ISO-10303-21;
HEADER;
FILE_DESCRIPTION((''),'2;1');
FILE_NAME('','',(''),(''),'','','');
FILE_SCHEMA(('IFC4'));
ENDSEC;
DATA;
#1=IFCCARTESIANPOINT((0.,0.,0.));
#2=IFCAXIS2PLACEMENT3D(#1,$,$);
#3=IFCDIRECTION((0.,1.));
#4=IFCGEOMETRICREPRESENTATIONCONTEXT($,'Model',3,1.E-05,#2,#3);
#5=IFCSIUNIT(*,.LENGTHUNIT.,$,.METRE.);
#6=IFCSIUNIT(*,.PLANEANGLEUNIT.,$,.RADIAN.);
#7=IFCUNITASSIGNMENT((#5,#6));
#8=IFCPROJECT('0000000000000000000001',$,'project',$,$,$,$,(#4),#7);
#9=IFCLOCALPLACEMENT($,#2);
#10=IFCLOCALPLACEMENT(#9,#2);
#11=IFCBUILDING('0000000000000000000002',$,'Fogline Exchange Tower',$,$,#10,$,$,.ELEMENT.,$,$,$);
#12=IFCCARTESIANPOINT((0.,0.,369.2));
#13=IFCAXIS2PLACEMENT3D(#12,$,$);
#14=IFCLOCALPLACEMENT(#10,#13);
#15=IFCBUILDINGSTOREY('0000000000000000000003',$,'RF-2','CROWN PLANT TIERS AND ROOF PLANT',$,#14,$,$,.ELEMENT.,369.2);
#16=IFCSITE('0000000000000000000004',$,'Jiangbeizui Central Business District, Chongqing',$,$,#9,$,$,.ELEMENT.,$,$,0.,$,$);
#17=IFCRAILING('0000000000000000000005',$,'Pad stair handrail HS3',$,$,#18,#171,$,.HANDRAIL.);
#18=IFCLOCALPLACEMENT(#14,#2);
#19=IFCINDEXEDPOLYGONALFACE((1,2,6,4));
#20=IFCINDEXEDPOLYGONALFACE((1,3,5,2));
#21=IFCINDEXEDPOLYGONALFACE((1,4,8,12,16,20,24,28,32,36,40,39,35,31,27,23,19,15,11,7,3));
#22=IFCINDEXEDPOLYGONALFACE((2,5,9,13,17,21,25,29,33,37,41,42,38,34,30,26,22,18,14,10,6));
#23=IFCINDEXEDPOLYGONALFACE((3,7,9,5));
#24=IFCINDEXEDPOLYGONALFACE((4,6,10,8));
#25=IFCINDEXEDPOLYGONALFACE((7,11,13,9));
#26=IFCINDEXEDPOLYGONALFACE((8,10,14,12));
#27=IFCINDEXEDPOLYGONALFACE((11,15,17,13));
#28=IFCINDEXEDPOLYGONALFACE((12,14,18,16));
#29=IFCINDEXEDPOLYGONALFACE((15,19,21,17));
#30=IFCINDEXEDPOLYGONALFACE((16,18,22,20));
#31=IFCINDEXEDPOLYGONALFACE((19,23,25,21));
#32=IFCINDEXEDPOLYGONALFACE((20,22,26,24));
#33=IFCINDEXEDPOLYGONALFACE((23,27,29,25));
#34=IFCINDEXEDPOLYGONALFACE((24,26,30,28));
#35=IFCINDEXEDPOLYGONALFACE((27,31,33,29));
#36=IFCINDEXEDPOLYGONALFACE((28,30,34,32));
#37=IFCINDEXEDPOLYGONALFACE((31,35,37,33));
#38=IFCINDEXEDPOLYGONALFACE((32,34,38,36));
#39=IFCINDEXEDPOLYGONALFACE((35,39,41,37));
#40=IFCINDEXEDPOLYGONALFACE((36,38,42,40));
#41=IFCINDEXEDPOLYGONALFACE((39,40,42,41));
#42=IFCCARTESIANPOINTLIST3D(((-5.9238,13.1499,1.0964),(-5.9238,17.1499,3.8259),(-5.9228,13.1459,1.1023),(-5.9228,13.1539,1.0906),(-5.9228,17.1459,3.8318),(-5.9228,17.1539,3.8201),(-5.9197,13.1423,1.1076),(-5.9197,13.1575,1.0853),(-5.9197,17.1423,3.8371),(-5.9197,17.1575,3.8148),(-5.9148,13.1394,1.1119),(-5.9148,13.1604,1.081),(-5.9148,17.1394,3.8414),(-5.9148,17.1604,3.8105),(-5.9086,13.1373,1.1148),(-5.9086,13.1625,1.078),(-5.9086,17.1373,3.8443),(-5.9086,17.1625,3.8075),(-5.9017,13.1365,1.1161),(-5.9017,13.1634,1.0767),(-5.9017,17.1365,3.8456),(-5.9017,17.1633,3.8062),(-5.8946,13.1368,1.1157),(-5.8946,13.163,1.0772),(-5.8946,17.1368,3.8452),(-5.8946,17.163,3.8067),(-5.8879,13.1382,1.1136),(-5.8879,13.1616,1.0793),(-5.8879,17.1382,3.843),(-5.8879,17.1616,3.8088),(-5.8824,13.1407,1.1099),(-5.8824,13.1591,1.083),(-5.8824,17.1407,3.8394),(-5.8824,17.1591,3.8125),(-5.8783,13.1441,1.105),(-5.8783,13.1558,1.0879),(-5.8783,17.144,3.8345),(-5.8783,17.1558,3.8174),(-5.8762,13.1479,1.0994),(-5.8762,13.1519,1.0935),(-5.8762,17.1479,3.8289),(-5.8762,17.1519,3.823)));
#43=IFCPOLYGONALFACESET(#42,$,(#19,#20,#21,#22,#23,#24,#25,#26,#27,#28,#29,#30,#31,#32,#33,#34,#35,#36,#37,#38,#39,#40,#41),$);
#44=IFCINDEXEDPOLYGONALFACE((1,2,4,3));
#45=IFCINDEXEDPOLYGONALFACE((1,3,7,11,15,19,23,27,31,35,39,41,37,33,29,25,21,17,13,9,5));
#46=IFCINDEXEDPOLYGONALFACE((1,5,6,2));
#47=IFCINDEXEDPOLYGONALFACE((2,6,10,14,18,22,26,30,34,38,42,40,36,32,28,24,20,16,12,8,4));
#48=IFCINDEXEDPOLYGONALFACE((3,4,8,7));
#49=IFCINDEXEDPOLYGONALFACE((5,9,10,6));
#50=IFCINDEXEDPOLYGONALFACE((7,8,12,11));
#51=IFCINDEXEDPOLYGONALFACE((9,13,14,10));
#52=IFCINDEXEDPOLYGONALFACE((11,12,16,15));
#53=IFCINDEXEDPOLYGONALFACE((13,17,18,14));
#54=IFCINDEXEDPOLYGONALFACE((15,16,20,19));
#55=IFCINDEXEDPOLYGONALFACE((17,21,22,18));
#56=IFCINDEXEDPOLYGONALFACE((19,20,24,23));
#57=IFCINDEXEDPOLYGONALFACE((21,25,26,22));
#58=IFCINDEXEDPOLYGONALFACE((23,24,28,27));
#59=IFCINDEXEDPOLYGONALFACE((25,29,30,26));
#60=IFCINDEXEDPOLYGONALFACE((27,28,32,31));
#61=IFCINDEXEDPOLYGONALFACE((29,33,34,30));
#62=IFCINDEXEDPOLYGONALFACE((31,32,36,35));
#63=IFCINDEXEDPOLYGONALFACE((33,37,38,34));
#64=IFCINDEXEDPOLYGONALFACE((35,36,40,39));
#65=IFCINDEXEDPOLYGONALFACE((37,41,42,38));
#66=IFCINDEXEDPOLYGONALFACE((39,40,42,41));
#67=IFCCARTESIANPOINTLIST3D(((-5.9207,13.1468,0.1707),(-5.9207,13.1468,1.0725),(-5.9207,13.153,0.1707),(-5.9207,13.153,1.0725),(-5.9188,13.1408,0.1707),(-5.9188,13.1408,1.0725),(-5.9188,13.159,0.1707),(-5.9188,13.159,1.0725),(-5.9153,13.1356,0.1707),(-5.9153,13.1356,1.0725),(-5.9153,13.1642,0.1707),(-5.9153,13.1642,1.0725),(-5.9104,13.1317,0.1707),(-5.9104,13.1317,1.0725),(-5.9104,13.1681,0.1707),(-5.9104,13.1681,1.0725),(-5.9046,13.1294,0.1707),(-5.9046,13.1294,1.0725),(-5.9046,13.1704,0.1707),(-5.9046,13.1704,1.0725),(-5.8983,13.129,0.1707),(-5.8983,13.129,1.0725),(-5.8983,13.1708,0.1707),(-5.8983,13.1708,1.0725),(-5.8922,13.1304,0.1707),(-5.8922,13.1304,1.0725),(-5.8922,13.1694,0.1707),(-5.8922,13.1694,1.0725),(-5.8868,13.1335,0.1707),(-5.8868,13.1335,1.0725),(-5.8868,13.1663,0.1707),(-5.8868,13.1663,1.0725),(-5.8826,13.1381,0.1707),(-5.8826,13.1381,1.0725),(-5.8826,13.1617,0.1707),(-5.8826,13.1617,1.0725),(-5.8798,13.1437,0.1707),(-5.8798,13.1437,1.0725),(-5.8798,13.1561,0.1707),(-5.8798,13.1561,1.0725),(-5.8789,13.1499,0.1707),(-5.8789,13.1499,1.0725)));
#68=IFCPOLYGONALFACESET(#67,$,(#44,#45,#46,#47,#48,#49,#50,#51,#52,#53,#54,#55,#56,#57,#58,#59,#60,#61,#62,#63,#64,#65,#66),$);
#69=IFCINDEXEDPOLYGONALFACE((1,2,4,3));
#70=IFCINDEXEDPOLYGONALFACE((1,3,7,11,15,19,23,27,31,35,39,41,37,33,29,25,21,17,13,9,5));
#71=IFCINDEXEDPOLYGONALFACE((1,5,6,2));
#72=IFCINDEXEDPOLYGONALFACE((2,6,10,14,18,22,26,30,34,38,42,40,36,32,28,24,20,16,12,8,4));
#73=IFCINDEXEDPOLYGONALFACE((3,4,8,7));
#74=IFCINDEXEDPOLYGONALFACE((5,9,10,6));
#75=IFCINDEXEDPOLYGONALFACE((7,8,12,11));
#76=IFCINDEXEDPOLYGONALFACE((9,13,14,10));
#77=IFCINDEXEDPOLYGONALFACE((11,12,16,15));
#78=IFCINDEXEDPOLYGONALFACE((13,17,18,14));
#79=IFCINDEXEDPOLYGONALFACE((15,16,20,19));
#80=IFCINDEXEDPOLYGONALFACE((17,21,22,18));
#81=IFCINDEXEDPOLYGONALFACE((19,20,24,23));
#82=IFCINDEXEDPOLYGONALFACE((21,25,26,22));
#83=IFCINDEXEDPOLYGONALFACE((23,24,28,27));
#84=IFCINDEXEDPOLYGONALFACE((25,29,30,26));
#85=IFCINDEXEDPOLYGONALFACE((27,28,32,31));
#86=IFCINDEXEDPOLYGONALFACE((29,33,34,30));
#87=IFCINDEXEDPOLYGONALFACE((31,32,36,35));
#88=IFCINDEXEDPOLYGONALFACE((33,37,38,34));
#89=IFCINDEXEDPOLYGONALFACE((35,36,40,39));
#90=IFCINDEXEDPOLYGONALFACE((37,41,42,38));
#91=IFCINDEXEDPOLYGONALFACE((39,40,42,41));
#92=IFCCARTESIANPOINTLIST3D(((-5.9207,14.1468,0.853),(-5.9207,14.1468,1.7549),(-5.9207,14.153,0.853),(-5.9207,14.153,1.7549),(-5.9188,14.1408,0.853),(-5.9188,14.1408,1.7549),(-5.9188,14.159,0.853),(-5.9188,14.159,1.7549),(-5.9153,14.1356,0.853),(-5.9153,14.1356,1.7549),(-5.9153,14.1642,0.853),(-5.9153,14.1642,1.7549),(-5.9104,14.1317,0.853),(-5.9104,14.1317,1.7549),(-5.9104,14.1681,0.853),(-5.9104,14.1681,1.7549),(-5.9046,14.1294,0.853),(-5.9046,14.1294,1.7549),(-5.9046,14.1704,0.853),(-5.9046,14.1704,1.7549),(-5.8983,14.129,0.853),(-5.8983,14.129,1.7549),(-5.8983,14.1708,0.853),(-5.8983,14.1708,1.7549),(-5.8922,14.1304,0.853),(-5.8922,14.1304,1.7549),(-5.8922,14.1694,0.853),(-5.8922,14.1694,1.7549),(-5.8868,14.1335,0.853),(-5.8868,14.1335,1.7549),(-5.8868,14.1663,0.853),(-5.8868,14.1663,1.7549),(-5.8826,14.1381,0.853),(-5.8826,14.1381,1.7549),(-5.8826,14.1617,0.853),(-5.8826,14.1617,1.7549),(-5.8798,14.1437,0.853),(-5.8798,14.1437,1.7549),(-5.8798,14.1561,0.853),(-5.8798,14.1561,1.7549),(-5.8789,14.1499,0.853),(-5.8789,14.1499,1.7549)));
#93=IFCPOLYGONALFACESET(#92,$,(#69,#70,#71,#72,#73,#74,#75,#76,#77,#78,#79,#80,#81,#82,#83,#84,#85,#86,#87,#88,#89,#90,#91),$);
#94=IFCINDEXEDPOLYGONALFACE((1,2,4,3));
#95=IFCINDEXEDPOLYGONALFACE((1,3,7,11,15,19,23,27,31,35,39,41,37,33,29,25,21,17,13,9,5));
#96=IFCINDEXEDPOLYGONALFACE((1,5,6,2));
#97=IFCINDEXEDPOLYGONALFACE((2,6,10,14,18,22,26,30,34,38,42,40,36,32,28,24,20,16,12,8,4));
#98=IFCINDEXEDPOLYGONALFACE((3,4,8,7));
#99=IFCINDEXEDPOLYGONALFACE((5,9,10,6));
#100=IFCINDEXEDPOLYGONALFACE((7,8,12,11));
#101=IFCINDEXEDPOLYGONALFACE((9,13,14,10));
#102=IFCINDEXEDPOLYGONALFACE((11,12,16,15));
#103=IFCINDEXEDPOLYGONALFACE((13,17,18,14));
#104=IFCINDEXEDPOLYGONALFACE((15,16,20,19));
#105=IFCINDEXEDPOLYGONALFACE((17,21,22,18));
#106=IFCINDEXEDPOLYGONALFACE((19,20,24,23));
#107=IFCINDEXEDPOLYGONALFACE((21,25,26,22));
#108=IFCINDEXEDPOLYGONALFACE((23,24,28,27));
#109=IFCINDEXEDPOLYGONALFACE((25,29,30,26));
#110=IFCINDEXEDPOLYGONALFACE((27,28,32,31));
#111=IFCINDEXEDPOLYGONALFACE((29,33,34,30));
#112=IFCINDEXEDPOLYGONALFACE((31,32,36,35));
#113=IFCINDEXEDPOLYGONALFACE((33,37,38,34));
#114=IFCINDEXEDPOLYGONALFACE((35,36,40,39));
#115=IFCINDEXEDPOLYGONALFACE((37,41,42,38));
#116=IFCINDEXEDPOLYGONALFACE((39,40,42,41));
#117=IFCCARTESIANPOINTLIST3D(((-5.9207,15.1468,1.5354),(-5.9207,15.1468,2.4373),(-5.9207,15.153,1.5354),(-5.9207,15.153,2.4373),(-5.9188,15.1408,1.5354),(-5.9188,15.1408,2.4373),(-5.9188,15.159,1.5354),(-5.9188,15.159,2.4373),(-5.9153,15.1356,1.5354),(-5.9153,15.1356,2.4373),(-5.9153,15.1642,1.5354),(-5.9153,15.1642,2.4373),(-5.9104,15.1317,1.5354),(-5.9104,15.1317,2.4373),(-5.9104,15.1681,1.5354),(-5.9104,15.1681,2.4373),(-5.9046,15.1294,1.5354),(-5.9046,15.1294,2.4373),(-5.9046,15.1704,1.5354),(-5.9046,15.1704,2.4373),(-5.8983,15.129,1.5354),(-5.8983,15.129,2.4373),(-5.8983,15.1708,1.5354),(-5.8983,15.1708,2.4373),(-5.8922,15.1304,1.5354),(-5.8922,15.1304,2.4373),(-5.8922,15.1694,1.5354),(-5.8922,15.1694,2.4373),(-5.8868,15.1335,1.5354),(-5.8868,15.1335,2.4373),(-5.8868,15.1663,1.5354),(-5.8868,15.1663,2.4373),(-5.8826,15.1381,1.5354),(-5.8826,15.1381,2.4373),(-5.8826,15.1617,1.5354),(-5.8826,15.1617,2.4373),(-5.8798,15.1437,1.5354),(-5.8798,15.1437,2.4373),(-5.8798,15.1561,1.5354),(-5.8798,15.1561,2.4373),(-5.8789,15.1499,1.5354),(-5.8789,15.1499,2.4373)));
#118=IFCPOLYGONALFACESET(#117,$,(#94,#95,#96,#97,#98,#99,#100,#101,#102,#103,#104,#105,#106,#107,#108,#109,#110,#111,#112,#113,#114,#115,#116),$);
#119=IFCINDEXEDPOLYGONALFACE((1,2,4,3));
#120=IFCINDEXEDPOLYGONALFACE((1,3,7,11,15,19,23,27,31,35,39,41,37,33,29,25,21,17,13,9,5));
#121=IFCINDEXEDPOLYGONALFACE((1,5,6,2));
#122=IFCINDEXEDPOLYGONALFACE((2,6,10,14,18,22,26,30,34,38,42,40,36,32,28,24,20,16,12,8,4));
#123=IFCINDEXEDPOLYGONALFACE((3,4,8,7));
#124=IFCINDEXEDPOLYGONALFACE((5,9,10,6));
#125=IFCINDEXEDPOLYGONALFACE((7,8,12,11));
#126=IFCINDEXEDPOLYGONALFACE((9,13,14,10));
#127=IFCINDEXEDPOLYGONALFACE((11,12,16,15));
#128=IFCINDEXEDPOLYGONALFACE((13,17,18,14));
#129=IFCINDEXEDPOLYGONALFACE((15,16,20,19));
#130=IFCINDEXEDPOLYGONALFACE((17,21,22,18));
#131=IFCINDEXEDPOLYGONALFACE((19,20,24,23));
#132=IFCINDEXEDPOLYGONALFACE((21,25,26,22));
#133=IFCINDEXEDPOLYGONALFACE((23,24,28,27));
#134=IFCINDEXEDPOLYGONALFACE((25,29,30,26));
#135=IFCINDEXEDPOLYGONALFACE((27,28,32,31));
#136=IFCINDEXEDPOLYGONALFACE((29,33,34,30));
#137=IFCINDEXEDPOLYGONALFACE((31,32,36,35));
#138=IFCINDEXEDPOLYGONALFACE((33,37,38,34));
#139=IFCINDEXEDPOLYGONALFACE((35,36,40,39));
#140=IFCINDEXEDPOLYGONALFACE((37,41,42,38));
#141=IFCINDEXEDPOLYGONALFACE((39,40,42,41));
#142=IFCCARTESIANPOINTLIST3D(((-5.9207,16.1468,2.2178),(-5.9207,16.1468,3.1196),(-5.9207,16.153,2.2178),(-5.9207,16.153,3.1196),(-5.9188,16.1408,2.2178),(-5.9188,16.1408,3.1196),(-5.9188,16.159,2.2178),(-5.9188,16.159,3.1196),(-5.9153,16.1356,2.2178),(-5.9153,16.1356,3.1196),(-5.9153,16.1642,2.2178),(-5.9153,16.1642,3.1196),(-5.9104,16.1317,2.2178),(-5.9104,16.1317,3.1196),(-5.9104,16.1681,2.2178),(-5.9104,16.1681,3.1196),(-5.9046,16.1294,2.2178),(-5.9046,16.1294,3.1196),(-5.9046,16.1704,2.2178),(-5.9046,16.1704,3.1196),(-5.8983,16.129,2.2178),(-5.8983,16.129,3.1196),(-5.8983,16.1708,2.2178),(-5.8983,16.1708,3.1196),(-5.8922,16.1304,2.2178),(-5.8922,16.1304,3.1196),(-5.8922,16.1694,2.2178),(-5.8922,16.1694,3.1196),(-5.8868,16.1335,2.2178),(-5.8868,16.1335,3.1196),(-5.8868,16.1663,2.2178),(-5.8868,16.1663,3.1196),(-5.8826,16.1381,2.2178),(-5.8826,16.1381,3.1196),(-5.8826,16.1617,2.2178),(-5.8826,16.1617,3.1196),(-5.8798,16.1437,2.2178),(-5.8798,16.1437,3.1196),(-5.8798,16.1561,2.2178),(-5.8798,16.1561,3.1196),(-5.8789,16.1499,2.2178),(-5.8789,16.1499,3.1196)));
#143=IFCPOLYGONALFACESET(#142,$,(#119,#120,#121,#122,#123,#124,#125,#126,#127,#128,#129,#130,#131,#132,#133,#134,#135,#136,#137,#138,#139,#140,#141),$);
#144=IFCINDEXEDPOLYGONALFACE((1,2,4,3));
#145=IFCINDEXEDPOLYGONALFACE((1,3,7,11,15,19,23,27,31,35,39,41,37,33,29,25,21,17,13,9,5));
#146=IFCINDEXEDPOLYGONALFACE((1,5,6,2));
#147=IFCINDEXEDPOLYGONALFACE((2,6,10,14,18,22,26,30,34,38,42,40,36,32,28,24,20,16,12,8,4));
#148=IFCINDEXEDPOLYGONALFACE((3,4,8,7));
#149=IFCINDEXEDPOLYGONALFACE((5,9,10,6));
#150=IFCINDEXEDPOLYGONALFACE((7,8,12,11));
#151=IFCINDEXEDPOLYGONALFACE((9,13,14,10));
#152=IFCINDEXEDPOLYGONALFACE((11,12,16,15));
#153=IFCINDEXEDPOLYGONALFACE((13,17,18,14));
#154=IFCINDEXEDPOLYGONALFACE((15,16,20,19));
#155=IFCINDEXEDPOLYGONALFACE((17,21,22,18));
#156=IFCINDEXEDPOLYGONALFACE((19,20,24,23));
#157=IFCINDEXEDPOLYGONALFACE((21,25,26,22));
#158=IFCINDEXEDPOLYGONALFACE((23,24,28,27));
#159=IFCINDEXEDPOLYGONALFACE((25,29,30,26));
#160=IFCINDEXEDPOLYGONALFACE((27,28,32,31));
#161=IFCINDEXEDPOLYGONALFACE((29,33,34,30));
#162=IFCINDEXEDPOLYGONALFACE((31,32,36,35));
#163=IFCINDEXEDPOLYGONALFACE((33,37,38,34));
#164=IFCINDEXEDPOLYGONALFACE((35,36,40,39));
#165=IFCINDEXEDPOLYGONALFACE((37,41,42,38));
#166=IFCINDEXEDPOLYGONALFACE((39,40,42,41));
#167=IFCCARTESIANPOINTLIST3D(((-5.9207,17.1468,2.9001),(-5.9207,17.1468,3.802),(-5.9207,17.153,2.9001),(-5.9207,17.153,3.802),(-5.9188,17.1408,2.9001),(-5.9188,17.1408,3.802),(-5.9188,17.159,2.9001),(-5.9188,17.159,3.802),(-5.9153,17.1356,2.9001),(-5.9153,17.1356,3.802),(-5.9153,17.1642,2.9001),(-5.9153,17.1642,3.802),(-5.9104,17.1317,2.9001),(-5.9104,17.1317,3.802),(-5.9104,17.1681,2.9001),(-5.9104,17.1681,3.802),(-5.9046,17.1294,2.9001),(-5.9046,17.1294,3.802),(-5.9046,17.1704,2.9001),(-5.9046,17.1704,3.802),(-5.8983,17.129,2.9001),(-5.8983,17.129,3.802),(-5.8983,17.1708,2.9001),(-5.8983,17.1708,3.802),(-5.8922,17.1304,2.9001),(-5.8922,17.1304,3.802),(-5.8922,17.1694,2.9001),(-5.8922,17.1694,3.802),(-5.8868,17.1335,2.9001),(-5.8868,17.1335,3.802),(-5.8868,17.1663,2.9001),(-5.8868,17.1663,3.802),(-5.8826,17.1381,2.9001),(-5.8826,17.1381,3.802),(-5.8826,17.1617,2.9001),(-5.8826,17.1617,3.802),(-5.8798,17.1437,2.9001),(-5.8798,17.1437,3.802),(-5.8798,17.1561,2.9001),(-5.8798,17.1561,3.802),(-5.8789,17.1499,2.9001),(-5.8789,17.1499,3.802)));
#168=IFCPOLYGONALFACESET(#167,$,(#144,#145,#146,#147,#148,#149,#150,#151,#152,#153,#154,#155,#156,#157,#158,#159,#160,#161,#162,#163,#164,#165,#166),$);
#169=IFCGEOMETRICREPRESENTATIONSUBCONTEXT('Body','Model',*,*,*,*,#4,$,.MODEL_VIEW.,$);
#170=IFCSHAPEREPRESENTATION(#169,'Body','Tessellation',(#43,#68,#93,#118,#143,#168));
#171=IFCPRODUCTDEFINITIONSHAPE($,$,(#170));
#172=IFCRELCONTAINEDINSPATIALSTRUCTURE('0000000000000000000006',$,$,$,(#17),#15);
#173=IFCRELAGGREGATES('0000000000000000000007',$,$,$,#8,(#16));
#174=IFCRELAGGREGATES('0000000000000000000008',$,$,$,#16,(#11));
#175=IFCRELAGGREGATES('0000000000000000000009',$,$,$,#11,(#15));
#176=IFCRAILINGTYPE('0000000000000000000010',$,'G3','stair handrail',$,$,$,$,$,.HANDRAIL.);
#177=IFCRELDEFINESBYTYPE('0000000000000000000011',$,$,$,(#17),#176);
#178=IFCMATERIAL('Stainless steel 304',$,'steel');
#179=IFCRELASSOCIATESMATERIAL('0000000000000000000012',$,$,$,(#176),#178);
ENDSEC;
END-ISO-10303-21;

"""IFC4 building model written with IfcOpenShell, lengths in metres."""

from ifc_helpers import new_model, si_unit, direction, frame, origin, origin_2d, place, context, subcontext, project, spatial, circle, extrude, material, type_object, element, save


model = new_model("IFC4")

# Units and contexts
model_context = context("Model", 3, precision=1e-05, world=origin(), true_north=direction((0.0, 1.0)))
body_context = subcontext(model_context, "Body", "Model", "MODEL_VIEW")
ifc_project = project(units=[si_unit("LENGTHUNIT", "METRE"), si_unit("PLANEANGLEUNIT", "RADIAN")], contexts=[model_context])

# Site, building, storey
site_placement = place(None, origin())
site = spatial("IfcSite", under=ifc_project, at=site_placement, Name="Jiangbeizui Central Business District, Chongqing", CompositionType="ELEMENT", RefElevation=0.0)
building_placement = place(site_placement, origin())
building = spatial("IfcBuilding", under=site, at=building_placement, Name="Fogline Exchange Tower", CompositionType="ELEMENT")
storey_placement = place(building_placement, frame((0.0, 0.0, 369.2)))
storey = spatial("IfcBuildingStorey", under=building, at=storey_placement, Name="RF-2", Description="CROWN PLANT TIERS AND ROOF PLANT", CompositionType="ELEMENT", Elevation=369.2)

# Railing
ifc_material_1 = material(Name="Stainless steel 304", Category="steel")
railing_type_1 = type_object("IfcRailingType", Name="G3", Description="stair handrail", PredefinedType="HANDRAIL", material=ifc_material_1)
for number, where, name in (
    (1, (-5.8999, 13.1499, 0.1707), "Pad stair handrail HS3"),
):
    element("IfcRailing", number, at=place(storey_placement, frame(where)), inside=storey, type_object=railing_type_1, Name=name, PredefinedType="HANDRAIL", context=body_context, shape_type="SweptSolid", body=[
        extrude(circle(Radius=0.0239, at=origin_2d()), frame((0.0, 0.0, 0.9258), z_axis=(0.0, 0.826014, 0.56365), x_axis=(-1.0, 0.0, 0.0)), (0.0, 0.0, 1.0), 4.8425),
        extrude(circle(Radius=0.021, at=origin_2d()), origin(), (0.0, 0.0, 1.0), 0.9019),
        extrude(circle(Radius=0.021, at=origin_2d()), frame((0.0, 1.0, 0.6824)), (0.0, 0.0, 1.0), 0.9019),
        extrude(circle(Radius=0.021, at=origin_2d()), frame((0.0, 2.0, 1.3647)), (0.0, 0.0, 1.0), 0.9019),
        extrude(circle(Radius=0.021, at=origin_2d()), frame((0.0, 3.0, 2.0471)), (0.0, 0.0, 1.0), 0.9019),
        extrude(circle(Radius=0.021, at=origin_2d()), frame((0.0, 4.0, 2.7295)), (0.0, 0.0, 1.0), 0.9019),
    ])

save(model, "model.ifc")
